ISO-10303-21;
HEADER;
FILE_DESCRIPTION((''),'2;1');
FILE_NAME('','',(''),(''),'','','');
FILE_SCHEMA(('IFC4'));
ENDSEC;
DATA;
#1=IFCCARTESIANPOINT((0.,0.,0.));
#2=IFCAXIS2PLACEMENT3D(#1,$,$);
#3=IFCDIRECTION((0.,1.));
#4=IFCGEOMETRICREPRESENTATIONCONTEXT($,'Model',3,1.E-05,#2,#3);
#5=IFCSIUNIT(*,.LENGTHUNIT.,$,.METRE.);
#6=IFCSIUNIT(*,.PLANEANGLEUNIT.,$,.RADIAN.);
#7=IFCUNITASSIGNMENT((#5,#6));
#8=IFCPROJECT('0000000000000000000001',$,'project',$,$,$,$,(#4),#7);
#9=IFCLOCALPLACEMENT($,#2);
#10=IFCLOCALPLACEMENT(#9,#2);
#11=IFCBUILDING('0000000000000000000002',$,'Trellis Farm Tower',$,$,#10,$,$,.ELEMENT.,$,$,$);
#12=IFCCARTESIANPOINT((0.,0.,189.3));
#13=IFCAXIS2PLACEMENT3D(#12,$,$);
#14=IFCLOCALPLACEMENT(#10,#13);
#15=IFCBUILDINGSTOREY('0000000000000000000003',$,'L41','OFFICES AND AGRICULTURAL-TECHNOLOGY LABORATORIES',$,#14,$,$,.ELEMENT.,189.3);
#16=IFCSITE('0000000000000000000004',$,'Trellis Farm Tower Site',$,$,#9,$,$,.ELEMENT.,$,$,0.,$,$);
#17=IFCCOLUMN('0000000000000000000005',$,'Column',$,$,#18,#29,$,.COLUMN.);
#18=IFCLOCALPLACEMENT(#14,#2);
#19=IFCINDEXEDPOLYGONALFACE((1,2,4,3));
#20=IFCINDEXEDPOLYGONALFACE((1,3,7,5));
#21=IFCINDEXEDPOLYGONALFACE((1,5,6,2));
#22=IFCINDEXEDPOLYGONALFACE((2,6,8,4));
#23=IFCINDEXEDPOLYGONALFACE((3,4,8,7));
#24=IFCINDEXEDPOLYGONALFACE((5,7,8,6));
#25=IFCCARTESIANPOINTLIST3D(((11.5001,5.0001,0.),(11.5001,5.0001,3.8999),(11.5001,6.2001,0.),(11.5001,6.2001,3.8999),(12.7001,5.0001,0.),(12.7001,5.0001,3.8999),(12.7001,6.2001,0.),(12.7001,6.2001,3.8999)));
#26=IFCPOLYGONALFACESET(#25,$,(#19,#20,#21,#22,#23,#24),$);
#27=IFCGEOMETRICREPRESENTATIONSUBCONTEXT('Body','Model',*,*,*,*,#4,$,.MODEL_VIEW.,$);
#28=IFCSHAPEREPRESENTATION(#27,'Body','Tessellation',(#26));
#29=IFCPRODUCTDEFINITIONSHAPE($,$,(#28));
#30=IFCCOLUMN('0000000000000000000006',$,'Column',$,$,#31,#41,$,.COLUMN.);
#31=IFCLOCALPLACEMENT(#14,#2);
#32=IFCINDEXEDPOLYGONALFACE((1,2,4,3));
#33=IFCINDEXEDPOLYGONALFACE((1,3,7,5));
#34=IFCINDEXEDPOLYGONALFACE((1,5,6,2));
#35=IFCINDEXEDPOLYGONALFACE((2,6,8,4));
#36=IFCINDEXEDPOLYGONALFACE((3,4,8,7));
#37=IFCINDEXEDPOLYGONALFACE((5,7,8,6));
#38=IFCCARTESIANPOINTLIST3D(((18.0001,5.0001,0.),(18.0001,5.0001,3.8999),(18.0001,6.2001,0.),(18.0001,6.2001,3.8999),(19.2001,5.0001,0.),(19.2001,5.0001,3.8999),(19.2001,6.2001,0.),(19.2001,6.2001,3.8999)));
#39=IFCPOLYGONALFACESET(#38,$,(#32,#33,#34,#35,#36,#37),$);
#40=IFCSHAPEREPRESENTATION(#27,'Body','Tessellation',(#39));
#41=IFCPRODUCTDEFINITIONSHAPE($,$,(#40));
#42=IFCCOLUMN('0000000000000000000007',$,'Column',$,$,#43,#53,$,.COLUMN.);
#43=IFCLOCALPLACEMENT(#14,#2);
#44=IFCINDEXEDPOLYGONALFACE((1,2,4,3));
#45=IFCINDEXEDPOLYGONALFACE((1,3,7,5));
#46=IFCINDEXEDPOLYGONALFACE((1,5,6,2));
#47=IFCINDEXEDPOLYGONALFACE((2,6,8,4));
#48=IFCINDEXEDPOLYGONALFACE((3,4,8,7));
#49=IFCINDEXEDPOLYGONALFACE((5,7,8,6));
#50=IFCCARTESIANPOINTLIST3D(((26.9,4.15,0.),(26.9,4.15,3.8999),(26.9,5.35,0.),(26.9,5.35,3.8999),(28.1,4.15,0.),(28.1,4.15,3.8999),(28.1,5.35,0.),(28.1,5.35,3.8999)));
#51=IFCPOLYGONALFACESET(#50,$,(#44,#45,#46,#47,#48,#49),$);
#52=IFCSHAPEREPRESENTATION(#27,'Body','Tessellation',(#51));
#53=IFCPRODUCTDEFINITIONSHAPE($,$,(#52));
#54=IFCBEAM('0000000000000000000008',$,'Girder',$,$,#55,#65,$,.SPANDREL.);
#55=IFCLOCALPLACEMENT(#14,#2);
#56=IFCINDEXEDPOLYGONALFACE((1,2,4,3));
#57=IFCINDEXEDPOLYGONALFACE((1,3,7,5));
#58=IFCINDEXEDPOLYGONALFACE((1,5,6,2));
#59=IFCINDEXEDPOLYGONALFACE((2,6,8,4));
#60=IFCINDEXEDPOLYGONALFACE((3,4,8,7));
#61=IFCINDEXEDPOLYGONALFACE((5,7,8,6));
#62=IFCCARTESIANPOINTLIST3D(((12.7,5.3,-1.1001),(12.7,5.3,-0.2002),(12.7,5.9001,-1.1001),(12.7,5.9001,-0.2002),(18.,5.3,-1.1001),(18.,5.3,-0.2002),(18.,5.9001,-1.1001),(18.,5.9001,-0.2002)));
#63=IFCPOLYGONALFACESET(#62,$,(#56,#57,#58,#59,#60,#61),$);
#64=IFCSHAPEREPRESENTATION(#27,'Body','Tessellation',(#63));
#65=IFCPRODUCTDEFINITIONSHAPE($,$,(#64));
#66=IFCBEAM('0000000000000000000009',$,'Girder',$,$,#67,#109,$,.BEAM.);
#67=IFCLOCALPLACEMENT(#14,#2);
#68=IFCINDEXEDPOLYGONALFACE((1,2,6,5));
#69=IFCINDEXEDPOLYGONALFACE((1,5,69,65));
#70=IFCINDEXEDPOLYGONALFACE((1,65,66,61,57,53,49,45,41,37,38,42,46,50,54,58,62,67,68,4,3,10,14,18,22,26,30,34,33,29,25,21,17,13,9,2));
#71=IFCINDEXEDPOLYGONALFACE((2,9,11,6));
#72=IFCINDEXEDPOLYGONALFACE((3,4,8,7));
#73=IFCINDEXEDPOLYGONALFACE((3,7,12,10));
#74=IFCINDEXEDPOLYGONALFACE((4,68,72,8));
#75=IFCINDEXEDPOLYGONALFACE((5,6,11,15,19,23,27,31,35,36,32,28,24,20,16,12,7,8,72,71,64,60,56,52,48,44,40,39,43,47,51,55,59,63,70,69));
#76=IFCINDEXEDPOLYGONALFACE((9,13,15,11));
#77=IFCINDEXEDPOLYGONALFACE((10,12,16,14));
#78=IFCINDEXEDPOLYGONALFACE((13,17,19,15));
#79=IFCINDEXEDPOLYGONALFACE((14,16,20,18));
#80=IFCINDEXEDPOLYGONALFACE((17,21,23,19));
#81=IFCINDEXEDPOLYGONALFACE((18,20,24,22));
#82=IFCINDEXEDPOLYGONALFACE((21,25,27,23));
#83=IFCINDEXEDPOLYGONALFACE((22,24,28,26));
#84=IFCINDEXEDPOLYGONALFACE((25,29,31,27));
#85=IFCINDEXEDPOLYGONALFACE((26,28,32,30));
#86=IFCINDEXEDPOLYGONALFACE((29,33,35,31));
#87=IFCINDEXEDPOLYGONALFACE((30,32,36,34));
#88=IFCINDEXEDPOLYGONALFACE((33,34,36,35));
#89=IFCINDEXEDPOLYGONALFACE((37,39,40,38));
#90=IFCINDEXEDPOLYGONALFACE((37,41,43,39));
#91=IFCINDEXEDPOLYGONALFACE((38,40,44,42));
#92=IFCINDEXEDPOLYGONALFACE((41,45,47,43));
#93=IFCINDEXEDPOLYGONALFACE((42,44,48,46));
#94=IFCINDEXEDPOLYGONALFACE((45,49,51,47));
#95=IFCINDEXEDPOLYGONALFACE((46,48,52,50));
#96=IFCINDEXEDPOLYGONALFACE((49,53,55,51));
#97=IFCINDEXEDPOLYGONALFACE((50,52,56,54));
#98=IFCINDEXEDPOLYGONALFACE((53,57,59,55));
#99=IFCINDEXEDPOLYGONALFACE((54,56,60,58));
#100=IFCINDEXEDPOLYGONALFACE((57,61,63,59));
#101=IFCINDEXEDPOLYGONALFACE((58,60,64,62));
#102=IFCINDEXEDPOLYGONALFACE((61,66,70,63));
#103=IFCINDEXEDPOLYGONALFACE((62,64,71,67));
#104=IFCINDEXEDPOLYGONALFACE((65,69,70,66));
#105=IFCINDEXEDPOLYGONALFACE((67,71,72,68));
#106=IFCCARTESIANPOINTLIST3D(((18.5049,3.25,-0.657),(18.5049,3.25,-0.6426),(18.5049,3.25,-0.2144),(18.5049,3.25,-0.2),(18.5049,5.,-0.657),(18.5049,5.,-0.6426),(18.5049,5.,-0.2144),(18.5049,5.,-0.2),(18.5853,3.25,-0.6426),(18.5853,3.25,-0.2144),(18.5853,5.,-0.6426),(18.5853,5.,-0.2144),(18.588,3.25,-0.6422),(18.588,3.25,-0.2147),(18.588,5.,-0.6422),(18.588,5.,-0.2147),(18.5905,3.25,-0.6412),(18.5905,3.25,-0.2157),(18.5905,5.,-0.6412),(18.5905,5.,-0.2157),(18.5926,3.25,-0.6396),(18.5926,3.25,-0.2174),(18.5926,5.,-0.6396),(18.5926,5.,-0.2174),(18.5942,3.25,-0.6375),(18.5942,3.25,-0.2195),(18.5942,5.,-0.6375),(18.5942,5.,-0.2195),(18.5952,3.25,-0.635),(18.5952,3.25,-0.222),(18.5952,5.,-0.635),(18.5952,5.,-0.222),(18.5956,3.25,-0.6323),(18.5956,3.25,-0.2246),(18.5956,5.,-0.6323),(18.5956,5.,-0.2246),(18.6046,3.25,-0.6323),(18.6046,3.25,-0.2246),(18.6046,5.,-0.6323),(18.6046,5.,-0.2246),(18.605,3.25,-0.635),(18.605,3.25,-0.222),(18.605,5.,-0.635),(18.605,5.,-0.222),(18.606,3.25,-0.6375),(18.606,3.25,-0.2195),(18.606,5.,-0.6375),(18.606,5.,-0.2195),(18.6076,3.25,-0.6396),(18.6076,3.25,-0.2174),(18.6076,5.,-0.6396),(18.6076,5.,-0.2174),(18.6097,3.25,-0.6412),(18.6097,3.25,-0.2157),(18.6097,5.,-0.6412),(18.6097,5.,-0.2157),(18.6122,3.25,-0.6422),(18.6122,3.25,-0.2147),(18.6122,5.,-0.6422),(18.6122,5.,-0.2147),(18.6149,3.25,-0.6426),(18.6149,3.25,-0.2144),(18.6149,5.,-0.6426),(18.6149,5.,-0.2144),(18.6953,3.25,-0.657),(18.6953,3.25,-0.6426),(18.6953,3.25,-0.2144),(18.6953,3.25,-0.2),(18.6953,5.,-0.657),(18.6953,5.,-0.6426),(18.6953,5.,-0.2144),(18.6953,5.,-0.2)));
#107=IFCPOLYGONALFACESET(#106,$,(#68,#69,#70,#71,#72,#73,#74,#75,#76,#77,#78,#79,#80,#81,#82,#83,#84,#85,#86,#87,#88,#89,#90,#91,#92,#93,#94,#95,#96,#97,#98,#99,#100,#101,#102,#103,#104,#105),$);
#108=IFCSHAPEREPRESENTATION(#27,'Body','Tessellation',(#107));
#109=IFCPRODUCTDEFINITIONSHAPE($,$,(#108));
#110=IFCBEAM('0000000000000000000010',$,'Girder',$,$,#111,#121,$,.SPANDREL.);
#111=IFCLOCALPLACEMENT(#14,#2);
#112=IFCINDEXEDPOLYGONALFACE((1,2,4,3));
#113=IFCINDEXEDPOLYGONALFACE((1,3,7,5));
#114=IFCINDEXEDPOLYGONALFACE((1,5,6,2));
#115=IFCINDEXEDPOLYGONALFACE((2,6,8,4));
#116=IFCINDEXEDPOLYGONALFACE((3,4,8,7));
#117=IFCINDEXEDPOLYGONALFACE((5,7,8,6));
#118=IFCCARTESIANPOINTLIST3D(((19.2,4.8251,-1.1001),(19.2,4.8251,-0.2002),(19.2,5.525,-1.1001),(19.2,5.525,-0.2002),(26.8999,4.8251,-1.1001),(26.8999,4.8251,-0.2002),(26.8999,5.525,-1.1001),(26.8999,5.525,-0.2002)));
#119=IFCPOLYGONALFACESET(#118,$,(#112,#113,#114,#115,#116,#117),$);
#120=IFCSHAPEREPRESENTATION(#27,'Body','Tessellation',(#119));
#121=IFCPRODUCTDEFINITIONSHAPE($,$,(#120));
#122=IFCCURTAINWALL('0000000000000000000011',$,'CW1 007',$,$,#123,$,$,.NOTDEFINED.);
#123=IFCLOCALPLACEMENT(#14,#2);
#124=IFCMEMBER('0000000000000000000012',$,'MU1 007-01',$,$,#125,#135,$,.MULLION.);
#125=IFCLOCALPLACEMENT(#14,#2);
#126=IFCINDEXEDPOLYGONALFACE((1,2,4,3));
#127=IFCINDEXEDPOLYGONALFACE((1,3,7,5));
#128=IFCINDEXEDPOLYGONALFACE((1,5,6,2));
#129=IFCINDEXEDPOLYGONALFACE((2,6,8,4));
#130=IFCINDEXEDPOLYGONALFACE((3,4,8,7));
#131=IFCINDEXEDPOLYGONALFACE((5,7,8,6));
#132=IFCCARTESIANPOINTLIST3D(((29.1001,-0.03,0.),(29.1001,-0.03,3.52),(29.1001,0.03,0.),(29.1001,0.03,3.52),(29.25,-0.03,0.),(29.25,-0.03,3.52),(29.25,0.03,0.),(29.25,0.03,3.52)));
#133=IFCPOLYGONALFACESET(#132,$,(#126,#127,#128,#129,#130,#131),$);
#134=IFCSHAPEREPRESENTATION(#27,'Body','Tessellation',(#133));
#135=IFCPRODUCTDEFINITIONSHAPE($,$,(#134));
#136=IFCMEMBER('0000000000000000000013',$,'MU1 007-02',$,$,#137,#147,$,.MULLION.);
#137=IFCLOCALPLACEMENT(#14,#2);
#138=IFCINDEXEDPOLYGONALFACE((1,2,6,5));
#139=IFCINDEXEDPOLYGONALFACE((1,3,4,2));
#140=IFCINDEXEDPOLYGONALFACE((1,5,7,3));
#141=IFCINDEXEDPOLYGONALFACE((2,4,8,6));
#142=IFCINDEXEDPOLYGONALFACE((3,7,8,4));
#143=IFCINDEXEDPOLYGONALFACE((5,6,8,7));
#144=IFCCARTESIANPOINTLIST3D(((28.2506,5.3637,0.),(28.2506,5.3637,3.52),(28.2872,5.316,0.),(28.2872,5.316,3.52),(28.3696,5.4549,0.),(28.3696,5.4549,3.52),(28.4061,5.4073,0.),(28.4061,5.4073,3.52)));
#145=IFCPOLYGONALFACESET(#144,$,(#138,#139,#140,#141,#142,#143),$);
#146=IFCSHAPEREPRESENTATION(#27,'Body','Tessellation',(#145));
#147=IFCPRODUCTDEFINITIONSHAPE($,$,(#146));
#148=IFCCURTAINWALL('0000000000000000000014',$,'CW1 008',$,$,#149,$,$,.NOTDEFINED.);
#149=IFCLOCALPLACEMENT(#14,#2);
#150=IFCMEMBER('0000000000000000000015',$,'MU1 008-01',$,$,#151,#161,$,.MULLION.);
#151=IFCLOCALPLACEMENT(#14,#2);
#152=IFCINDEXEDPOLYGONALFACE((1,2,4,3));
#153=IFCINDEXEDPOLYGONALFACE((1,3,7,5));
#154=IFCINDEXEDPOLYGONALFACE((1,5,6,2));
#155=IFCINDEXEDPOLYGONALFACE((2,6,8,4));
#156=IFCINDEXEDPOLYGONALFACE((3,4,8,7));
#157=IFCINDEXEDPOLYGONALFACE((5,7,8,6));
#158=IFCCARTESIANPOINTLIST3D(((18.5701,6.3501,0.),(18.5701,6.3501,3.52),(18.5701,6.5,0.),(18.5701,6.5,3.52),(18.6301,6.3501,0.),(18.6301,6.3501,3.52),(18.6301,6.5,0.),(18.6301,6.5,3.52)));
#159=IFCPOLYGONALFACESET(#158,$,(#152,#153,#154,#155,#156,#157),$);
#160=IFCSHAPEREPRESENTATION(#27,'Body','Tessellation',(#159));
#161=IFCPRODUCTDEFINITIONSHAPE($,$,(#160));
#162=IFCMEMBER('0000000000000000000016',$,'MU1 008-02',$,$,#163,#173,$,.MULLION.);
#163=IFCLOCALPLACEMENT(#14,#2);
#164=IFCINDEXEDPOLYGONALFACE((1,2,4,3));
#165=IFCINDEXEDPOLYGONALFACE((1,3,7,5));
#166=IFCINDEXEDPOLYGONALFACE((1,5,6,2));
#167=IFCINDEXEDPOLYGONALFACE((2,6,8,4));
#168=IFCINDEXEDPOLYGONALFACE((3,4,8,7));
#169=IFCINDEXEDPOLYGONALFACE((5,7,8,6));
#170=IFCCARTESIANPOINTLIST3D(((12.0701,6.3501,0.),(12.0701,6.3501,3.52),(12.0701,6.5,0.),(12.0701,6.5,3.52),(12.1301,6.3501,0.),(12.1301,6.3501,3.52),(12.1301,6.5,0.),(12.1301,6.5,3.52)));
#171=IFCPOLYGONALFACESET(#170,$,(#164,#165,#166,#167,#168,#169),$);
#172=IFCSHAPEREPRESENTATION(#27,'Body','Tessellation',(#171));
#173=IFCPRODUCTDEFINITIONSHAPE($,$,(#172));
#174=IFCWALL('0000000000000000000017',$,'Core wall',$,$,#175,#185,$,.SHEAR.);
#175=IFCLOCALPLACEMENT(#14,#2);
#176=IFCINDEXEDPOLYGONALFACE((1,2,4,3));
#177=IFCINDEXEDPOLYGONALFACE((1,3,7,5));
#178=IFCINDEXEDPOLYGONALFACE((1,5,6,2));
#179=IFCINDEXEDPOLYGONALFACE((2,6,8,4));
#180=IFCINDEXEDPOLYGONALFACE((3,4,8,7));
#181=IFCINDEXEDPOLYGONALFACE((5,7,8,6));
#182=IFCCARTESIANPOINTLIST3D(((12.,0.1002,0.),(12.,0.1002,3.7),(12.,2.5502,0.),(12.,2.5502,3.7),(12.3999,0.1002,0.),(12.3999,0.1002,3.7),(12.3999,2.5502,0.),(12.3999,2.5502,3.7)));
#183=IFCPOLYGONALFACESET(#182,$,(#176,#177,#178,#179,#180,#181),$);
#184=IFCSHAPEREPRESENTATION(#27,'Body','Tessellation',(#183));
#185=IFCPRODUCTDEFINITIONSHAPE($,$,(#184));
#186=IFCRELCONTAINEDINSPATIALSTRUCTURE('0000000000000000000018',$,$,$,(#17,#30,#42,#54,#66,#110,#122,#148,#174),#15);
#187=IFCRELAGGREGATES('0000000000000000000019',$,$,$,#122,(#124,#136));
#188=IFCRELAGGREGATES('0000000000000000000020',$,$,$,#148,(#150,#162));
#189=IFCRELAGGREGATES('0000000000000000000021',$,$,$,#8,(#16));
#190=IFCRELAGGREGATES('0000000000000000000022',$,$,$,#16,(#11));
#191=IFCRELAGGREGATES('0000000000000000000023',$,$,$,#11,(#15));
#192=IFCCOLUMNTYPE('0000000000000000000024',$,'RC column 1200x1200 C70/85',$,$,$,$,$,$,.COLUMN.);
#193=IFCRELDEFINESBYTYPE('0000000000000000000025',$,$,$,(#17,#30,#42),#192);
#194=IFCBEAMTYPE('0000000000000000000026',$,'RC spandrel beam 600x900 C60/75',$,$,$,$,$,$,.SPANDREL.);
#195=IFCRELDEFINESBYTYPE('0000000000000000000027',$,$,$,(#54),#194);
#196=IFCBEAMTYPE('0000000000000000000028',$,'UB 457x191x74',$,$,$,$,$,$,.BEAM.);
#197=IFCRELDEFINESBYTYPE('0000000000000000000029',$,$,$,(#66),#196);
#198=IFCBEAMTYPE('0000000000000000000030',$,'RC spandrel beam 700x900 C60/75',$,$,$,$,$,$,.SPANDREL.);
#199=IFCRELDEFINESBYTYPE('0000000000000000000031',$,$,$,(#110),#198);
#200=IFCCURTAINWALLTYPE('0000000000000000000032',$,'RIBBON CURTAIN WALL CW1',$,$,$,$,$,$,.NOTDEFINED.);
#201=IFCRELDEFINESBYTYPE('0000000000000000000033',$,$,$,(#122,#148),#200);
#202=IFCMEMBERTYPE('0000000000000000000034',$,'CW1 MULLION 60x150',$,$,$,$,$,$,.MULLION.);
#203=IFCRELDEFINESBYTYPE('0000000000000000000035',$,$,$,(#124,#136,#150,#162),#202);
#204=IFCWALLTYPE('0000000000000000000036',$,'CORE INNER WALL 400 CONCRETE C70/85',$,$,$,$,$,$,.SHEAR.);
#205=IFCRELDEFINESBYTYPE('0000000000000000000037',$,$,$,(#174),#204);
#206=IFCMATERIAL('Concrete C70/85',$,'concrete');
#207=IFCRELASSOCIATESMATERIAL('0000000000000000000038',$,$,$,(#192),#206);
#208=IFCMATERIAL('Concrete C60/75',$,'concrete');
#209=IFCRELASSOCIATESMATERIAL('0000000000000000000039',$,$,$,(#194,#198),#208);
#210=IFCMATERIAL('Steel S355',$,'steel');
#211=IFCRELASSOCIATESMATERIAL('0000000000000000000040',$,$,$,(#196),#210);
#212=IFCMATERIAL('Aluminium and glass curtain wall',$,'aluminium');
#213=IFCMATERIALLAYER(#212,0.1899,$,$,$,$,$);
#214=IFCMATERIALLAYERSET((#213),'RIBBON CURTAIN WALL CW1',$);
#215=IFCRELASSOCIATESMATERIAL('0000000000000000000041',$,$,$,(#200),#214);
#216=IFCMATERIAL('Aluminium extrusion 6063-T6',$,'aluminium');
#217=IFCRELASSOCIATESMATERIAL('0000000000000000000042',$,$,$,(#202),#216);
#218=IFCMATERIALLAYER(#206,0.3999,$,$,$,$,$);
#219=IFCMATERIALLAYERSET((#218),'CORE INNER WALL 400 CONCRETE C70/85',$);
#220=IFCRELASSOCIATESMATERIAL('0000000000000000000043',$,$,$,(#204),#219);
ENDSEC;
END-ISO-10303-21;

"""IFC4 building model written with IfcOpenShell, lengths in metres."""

from ifc_helpers import new_model, si_unit, direction, frame, frame_2d, origin, origin_2d, place, context, subcontext, project, spatial, rectangle, i_section, extrude, source, transform, mapped, material, layer, layer_set, material_profile, profile_set, type_object, element, aggregate, save


model = new_model("IFC4")

# Units and contexts
model_context = context("Model", 3, precision=1e-05, world=origin(), true_north=direction((0.0, 1.0)))
body_context = subcontext(model_context, "Body", "Model", "MODEL_VIEW")
ifc_project = project(units=[si_unit("LENGTHUNIT", "METRE"), si_unit("PLANEANGLEUNIT", "RADIAN")], contexts=[model_context])

# Site, building, storey
site_placement = place(None, origin())
site = spatial("IfcSite", under=ifc_project, at=site_placement, Name="Trellis Farm Tower Site", CompositionType="ELEMENT", RefElevation=0.0)
building_placement = place(site_placement, origin())
building = spatial("IfcBuilding", under=site, at=building_placement, Name="Trellis Farm Tower", CompositionType="ELEMENT")
storey_placement = place(building_placement, frame((0.0, 0.0, 189.3)))
storey = spatial("IfcBuildingStorey", under=building, at=storey_placement, Name="L41", Description="OFFICES AND AGRICULTURAL-TECHNOLOGY LABORATORIES", CompositionType="ELEMENT", Elevation=189.3)

# Columns
ifc_material_1 = material(Name="Concrete C70/85", Category="concrete")
ifc_material_profile_1 = material_profile(ifc_material_1, rectangle(XDim=1.2, YDim=1.2, at=origin_2d()), Name="RC column 1200x1200 C70/85")
ifc_profile_set_1 = profile_set([ifc_material_profile_1], Name="Concrete C70/85")
column_type = type_object("IfcColumnType", Name="RC column 1200x1200 C70/85", PredefinedType="COLUMN", material=ifc_profile_set_1)
shared_shape_1 = source(origin(), body_context, "Body", "SweptSolid", [
    extrude(rectangle(XDim=1.2, YDim=1.2, at=origin_2d()), origin(), (0.0, 0.0, 1.0), 3.8999),
])
for number, where, z_axis, x_axis, name in (
    (1, (12.1001, 5.6001, 0.0), (0.0, 0.0, 1.0), (1.0, 0.0, 0.0), "Column"),
    (2, (18.6001, 5.6001, 0.0), (0.0, 0.0, 1.0), (1.0, 0.0, 0.0), "Column"),
    (3, (27.5, 4.75, 0.0), (0.0, 0.0, 1.0), (1.0, 0.0, 0.0), "Column"),
):
    element("IfcColumn", number, at=place(storey_placement, frame(where, z_axis=z_axis, x_axis=x_axis)), inside=storey, type_object=column_type, Name=name, PredefinedType="COLUMN", context=body_context, shape_type="MappedRepresentation", body=[
        mapped(shared_shape_1, transform((0.0, 0.0, 0.0))),
    ])

# Beams
ifc_material_2 = material(Name="Concrete C60/75", Category="concrete")
ifc_material_profile_2 = material_profile(ifc_material_2, rectangle(XDim=0.6001, YDim=0.8999, at=origin_2d()), Name="RC spandrel beam 600x900 C60/75")
ifc_profile_set_2 = profile_set([ifc_material_profile_2], Name="Concrete C60/75")
beam_type_1 = type_object("IfcBeamType", Name="RC spandrel beam 600x900 C60/75", PredefinedType="SPANDREL", material=ifc_profile_set_2)
shared_shape_2 = source(origin(), body_context, "Body", "SweptSolid", [
    extrude(rectangle(XDim=0.6001, YDim=0.8999, at=origin_2d()), origin(), (0.0, 0.0, 1.0), 5.3),
])
beam_1_placement = place(storey_placement, frame((12.7, 5.6001, -0.6501), z_axis=(1.0, 0.0, 0.0), x_axis=(0.0, 1.0, 0.0)))
element("IfcBeam", 4, at=beam_1_placement, inside=storey, type_object=beam_type_1, Name="Girder", PredefinedType="SPANDREL", context=body_context, shape_type="MappedRepresentation", body=[
    mapped(shared_shape_2, transform((0.0, 0.0, 0.0))),
])
ifc_material_3 = material(Name="Steel S355", Category="steel")
ifc_material_profile_3 = material_profile(ifc_material_3, i_section(OverallWidth=0.1904, OverallDepth=0.457, WebThickness=0.009, FlangeThickness=0.0144, FilletRadius=0.0103, at=origin_2d()), Name="UB 457x191x74")
ifc_profile_set_3 = profile_set([ifc_material_profile_3], Name="Steel S355")
beam_type_2 = type_object("IfcBeamType", Name="UB 457x191x74", PredefinedType="BEAM", material=ifc_profile_set_3)
shared_shape_3 = source(origin(), body_context, "Body", "SweptSolid", [
    extrude(i_section(OverallWidth=0.1904, OverallDepth=0.457, WebThickness=0.009, FlangeThickness=0.0144, FilletRadius=0.0103, at=origin_2d()), origin(), (0.0, 0.0, 1.0), 1.75),
])
beam_2_placement = place(storey_placement, frame((18.6001, 3.25, -0.4285), z_axis=(0.0, 1.0, 0.0), x_axis=(-1.0, 0.0, 0.0)))
element("IfcBeam", 5, at=beam_2_placement, inside=storey, type_object=beam_type_2, Name="Girder", PredefinedType="BEAM", context=body_context, shape_type="MappedRepresentation", body=[
    mapped(shared_shape_3, transform((0.0, 0.0, 0.0))),
])
ifc_material_profile_4 = material_profile(ifc_material_2, rectangle(XDim=0.7, YDim=0.8999, at=origin_2d()), Name="RC spandrel beam 700x900 C60/75")
ifc_profile_set_4 = profile_set([ifc_material_profile_4], Name="Concrete C60/75")
beam_type_3 = type_object("IfcBeamType", Name="RC spandrel beam 700x900 C60/75", PredefinedType="SPANDREL", material=ifc_profile_set_4)
shared_shape_4 = source(origin(), body_context, "Body", "SweptSolid", [
    extrude(rectangle(XDim=0.7, YDim=0.8999, at=origin_2d()), origin(), (0.0, 0.0, 1.0), 7.7),
])
beam_3_placement = place(storey_placement, frame((19.2, 5.175, -0.6501), z_axis=(1.0, 0.0, 0.0), x_axis=(0.0, 1.0, 0.0)))
element("IfcBeam", 6, at=beam_3_placement, inside=storey, type_object=beam_type_3, Name="Girder", PredefinedType="SPANDREL", context=body_context, shape_type="MappedRepresentation", body=[
    mapped(shared_shape_4, transform((0.0, 0.0, 0.0))),
])

# Curtain walls, members
ifc_material_4 = material(Name="Aluminium and glass curtain wall", Category="aluminium")
ifc_layer_1 = layer(ifc_material_4, 0.1899)
ifc_layer_set_1 = layer_set([ifc_layer_1], Name="RIBBON CURTAIN WALL CW1")
curtain_wall_type = type_object("IfcCurtainWallType", Name="RIBBON CURTAIN WALL CW1", PredefinedType="NOTDEFINED", material=ifc_layer_set_1)
placement = place(storey_placement, origin())
curtain_wall_1 = element("IfcCurtainWall", 7, at=placement, inside=storey, type_object=curtain_wall_type, Name="CW1 007", PredefinedType="NOTDEFINED")
ifc_material_5 = material(Name="Aluminium extrusion 6063-T6", Category="aluminium")
ifc_material_profile_5 = material_profile(ifc_material_5, rectangle(XDim=0.0601, YDim=0.1499, at=origin_2d()), Name="MULLION 60x150")
ifc_profile_set_5 = profile_set([ifc_material_profile_5], Name="Aluminium extrusion 6063-T6")
member_type = type_object("IfcMemberType", Name="CW1 MULLION 60x150", PredefinedType="MULLION", material=ifc_profile_set_5)
shared_shape_5 = source(origin(), body_context, "Body", "SweptSolid", [
    extrude(rectangle(XDim=0.0601, YDim=0.1499, at=origin_2d()), origin(), (0.0, 0.0, 1.0), 3.52),
])
member_1_placement = place(storey_placement, frame((29.175, 0.0, 0.0), z_axis=(0.0, 0.0, 1.0), x_axis=(0.0, 1.0, 0.0)))
member_1 = element("IfcMember", 8, at=member_1_placement, type_object=member_type, Name="MU1 007-01", PredefinedType="MULLION", context=body_context, shape_type="MappedRepresentation", body=[
    mapped(shared_shape_5, transform((0.0, 0.0, 0.0))),
])
member_2_placement = place(storey_placement, frame((28.3284, 5.3855, 0.0), z_axis=(0.0, 0.0, 1.0), x_axis=(-0.608761, 0.793353, 0.0)))
member_2 = element("IfcMember", 9, at=member_2_placement, type_object=member_type, Name="MU1 007-02", PredefinedType="MULLION", context=body_context, shape_type="MappedRepresentation", body=[
    mapped(shared_shape_5, transform((0.0, 0.0, 0.0))),
])
aggregate(curtain_wall_1, [member_1, member_2])
curtain_wall_2 = element("IfcCurtainWall", 10, at=placement, inside=storey, type_object=curtain_wall_type, Name="CW1 008", PredefinedType="NOTDEFINED")
member_3_placement = place(storey_placement, frame((18.6001, 6.425, 0.0), z_axis=(0.0, 0.0, 1.0), x_axis=(-1.0, 0.0, 0.0)))
member_3 = element("IfcMember", 11, at=member_3_placement, type_object=member_type, Name="MU1 008-01", PredefinedType="MULLION", context=body_context, shape_type="MappedRepresentation", body=[
    mapped(shared_shape_5, transform((0.0, 0.0, 0.0))),
])
member_4_placement = place(storey_placement, frame((12.1001, 6.425, 0.0), z_axis=(0.0, 0.0, 1.0), x_axis=(-1.0, 0.0, 0.0)))
member_4 = element("IfcMember", 12, at=member_4_placement, type_object=member_type, Name="MU1 008-02", PredefinedType="MULLION", context=body_context, shape_type="MappedRepresentation", body=[
    mapped(shared_shape_5, transform((0.0, 0.0, 0.0))),
])
aggregate(curtain_wall_2, [member_3, member_4])

# Wall
ifc_layer_2 = layer(ifc_material_1, 0.3999)
ifc_layer_set_2 = layer_set([ifc_layer_2], Name="CORE INNER WALL 400 CONCRETE C70/85")
wall_type_1 = type_object("IfcWallType", Name="CORE INNER WALL 400 CONCRETE C70/85", PredefinedType="SHEAR", material=ifc_layer_set_2)
shared_shape_6 = source(origin(), body_context, "Body", "SweptSolid", [
    extrude(rectangle(XDim=2.45, YDim=0.3999, at=frame_2d((1.2251, 0.0))), origin(), (0.0, 0.0, 1.0), 3.7),
])
for number, where, z_axis, x_axis, name in (
    (13, (12.2, 0.1001, 0.0), (0.0, 0.0, 1.0), (0.0, 1.0, 0.0), "Core wall"),
):
    element("IfcWall", number, at=place(storey_placement, frame(where, z_axis=z_axis, x_axis=x_axis)), inside=storey, type_object=wall_type_1, Name=name, PredefinedType="SHEAR", context=body_context, shape_type="MappedRepresentation", body=[
        mapped(shared_shape_6, transform((0.0, 0.0, 0.0))),
    ])

save(model, "model.ifc")
